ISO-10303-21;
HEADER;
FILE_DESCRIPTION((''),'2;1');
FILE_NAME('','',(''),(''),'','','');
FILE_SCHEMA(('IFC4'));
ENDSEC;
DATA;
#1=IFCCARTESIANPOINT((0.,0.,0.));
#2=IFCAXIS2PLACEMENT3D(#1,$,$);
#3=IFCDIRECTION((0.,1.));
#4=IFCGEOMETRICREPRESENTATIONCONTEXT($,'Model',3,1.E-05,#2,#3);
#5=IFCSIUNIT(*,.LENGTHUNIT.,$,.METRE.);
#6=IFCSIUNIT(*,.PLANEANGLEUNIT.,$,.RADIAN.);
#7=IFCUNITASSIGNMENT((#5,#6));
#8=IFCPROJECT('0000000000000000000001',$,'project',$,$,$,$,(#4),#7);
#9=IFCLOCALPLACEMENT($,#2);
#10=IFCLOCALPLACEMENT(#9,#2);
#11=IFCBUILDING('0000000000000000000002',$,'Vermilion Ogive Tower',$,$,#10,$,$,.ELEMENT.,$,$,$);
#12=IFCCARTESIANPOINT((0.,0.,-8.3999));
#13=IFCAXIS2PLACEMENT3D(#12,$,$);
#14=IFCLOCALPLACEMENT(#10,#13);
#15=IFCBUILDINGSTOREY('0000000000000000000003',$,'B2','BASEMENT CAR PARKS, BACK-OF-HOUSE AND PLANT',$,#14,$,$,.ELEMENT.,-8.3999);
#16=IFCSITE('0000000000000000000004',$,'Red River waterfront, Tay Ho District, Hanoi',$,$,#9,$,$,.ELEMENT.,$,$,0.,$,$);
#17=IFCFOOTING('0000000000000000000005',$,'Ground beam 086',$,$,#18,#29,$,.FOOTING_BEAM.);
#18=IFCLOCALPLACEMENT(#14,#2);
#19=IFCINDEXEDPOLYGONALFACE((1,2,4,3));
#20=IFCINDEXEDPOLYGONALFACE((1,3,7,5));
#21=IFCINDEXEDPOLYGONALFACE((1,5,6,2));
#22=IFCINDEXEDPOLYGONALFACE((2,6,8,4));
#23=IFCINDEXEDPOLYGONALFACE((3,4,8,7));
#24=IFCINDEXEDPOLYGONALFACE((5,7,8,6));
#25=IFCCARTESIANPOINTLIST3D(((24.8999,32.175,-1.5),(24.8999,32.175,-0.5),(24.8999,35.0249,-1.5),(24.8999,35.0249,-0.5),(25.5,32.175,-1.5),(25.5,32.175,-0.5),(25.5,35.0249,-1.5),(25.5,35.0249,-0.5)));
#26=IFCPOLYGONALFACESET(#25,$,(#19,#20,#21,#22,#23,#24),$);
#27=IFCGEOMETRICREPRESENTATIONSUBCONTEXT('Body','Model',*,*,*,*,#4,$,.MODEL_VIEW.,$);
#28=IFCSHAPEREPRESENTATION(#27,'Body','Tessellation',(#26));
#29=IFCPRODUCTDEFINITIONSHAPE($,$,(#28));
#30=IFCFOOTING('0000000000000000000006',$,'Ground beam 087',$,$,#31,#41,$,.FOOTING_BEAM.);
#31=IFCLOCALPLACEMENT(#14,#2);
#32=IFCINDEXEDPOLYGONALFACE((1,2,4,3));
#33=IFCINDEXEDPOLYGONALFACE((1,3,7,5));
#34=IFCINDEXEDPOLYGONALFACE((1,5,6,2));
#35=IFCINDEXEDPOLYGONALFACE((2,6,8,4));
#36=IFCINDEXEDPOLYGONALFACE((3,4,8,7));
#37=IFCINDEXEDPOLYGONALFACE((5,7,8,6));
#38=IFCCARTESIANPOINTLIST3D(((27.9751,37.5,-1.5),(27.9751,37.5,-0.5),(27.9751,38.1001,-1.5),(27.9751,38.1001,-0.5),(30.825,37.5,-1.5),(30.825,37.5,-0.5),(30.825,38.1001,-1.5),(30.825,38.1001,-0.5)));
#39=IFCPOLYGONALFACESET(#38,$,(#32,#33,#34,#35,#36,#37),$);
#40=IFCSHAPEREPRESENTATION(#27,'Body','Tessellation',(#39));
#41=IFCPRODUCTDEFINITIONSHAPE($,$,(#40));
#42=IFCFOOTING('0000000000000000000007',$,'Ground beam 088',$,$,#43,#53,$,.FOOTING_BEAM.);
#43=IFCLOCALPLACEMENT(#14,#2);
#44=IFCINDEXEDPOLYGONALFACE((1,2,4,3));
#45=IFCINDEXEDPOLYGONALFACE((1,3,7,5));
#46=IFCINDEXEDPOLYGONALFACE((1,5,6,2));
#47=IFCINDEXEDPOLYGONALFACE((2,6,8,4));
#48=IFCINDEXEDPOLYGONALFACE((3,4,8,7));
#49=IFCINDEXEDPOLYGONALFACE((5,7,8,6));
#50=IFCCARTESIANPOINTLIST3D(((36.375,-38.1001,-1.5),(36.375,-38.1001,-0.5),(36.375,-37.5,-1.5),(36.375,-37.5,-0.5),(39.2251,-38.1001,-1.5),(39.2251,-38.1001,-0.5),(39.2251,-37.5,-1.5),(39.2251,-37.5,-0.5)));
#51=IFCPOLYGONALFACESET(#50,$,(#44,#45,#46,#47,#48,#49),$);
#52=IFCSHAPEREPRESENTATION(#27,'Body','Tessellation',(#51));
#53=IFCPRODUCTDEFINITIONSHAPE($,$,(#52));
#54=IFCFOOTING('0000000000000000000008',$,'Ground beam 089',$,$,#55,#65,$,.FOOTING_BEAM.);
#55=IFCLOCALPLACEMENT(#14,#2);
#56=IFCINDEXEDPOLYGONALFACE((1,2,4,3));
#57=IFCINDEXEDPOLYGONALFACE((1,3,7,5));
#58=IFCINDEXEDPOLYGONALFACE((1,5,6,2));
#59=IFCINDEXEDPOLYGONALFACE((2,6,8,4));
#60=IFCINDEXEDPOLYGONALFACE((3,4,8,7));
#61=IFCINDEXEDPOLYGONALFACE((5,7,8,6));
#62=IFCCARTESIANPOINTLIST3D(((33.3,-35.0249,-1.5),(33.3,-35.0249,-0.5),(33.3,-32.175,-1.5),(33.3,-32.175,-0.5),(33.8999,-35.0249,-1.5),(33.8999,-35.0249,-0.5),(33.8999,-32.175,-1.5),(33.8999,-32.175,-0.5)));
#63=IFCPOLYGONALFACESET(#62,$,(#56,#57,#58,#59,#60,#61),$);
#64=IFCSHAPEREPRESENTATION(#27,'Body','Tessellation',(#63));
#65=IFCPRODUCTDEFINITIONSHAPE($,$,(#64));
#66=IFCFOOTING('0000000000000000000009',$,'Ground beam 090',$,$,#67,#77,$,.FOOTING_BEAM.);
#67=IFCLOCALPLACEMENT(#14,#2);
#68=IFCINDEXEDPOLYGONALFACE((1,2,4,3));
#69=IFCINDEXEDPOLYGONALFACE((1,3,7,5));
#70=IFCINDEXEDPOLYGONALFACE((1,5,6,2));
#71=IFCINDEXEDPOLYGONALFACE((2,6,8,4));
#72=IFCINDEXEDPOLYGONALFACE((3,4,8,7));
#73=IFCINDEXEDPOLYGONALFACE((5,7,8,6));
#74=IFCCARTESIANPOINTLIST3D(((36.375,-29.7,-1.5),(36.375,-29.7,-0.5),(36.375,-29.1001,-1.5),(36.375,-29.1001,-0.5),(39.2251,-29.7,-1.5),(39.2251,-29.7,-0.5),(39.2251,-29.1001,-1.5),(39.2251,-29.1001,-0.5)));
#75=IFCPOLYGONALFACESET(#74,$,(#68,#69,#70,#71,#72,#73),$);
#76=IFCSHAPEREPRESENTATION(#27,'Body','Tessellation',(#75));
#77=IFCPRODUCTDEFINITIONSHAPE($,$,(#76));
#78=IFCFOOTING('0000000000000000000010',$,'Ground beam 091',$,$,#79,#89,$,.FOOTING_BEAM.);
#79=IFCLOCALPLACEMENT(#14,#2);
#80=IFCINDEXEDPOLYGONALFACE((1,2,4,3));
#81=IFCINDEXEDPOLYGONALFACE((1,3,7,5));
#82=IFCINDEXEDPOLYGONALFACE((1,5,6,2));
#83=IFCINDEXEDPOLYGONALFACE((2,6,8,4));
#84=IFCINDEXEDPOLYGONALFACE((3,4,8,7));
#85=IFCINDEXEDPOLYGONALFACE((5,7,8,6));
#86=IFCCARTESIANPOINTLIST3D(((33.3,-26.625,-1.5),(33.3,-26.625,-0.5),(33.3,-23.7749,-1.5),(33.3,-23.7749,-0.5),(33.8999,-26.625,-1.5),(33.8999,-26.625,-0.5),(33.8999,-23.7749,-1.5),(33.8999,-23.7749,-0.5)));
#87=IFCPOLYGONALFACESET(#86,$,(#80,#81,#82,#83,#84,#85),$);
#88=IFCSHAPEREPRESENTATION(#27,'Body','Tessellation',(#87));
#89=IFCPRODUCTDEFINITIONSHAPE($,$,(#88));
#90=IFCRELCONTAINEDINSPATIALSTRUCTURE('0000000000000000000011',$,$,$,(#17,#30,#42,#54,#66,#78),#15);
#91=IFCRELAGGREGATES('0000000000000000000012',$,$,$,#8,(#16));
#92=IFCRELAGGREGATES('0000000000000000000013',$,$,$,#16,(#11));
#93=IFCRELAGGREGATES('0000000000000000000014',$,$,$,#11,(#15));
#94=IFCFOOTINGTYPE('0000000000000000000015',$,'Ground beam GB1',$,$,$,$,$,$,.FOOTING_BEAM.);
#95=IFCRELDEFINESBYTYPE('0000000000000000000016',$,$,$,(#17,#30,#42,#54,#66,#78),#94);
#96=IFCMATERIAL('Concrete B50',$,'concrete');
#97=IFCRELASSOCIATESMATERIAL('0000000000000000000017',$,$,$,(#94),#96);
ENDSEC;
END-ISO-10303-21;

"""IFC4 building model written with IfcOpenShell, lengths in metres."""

from ifc_helpers import new_model, si_unit, direction, frame, origin, place, context, subcontext, project, spatial, polyline, outline, extrude, material, type_object, element, save


model = new_model("IFC4")

# Units and contexts
model_context = context("Model", 3, precision=1e-05, world=origin(), true_north=direction((0.0, 1.0)))
body_context = subcontext(model_context, "Body", "Model", "MODEL_VIEW")
ifc_project = project(units=[si_unit("LENGTHUNIT", "METRE"), si_unit("PLANEANGLEUNIT", "RADIAN")], contexts=[model_context])

# Site, building, storey
site_placement = place(None, origin())
site = spatial("IfcSite", under=ifc_project, at=site_placement, Name="Red River waterfront, Tay Ho District, Hanoi", CompositionType="ELEMENT", RefElevation=0.0)
building_placement = place(site_placement, origin())
building = spatial("IfcBuilding", under=site, at=building_placement, Name="Vermilion Ogive Tower", CompositionType="ELEMENT")
storey_placement = place(building_placement, frame((0.0, 0.0, -8.3999)))
storey = spatial("IfcBuildingStorey", under=building, at=storey_placement, Name="B2", Description="BASEMENT CAR PARKS, BACK-OF-HOUSE AND PLANT", CompositionType="ELEMENT", Elevation=-8.3999)

# Footings
ifc_material = material(Name="Concrete B50", Category="concrete")
footing_type = type_object("IfcFootingType", Name="Ground beam GB1", PredefinedType="FOOTING_BEAM", material=ifc_material)
footing_1_placement = place(storey_placement, frame((0.0, 0.0, -1.5)))
element("IfcFooting", 1, at=footing_1_placement, inside=storey, type_object=footing_type, Name="Ground beam 086", PredefinedType="FOOTING_BEAM", context=body_context, shape_type="SweptSolid", body=[
    extrude(outline(polyline([(25.5, 32.175), (25.5, 35.0249), (24.8999, 35.0249), (24.8999, 32.175), (25.5, 32.175)])), origin(), (0.0, 0.0, 1.0), 1.0),
])
footing_2_placement = place(storey_placement, frame((0.0, 0.0, -1.5)))
element("IfcFooting", 2, at=footing_2_placement, inside=storey, type_object=footing_type, Name="Ground beam 087", PredefinedType="FOOTING_BEAM", context=body_context, shape_type="SweptSolid", body=[
    extrude(outline(polyline([(30.825, 37.5), (30.825, 38.1001), (27.9751, 38.1001), (27.9751, 37.5), (30.825, 37.5)])), origin(), (0.0, 0.0, 1.0), 1.0),
])
footing_3_placement = place(storey_placement, frame((0.0, 0.0, -1.5)))
element("IfcFooting", 3, at=footing_3_placement, inside=storey, type_object=footing_type, Name="Ground beam 088", PredefinedType="FOOTING_BEAM", context=body_context, shape_type="SweptSolid", body=[
    extrude(outline(polyline([(39.2251, -38.1001), (39.2251, -37.5), (36.375, -37.5), (36.375, -38.1001), (39.2251, -38.1001)])), origin(), (0.0, 0.0, 1.0), 1.0),
])
footing_4_placement = place(storey_placement, frame((0.0, 0.0, -1.5)))
element("IfcFooting", 4, at=footing_4_placement, inside=storey, type_object=footing_type, Name="Ground beam 089", PredefinedType="FOOTING_BEAM", context=body_context, shape_type="SweptSolid", body=[
    extrude(outline(polyline([(33.8999, -35.0249), (33.8999, -32.175), (33.3, -32.175), (33.3, -35.0249), (33.8999, -35.0249)])), origin(), (0.0, 0.0, 1.0), 1.0),
])
footing_5_placement = place(storey_placement, frame((0.0, 0.0, -1.5)))
element("IfcFooting", 5, at=footing_5_placement, inside=storey, type_object=footing_type, Name="Ground beam 090", PredefinedType="FOOTING_BEAM", context=body_context, shape_type="SweptSolid", body=[
    extrude(outline(polyline([(39.2251, -29.7), (39.2251, -29.1001), (36.375, -29.1001), (36.375, -29.7), (39.2251, -29.7)])), origin(), (0.0, 0.0, 1.0), 1.0),
])
footing_6_placement = place(storey_placement, frame((0.0, 0.0, -1.5)))
element("IfcFooting", 6, at=footing_6_placement, inside=storey, type_object=footing_type, Name="Ground beam 091", PredefinedType="FOOTING_BEAM", context=body_context, shape_type="SweptSolid", body=[
    extrude(outline(polyline([(33.8999, -26.625), (33.8999, -23.7749), (33.3, -23.7749), (33.3, -26.625), (33.8999, -26.625)])), origin(), (0.0, 0.0, 1.0), 1.0),
])

save(model, "model.ifc")
